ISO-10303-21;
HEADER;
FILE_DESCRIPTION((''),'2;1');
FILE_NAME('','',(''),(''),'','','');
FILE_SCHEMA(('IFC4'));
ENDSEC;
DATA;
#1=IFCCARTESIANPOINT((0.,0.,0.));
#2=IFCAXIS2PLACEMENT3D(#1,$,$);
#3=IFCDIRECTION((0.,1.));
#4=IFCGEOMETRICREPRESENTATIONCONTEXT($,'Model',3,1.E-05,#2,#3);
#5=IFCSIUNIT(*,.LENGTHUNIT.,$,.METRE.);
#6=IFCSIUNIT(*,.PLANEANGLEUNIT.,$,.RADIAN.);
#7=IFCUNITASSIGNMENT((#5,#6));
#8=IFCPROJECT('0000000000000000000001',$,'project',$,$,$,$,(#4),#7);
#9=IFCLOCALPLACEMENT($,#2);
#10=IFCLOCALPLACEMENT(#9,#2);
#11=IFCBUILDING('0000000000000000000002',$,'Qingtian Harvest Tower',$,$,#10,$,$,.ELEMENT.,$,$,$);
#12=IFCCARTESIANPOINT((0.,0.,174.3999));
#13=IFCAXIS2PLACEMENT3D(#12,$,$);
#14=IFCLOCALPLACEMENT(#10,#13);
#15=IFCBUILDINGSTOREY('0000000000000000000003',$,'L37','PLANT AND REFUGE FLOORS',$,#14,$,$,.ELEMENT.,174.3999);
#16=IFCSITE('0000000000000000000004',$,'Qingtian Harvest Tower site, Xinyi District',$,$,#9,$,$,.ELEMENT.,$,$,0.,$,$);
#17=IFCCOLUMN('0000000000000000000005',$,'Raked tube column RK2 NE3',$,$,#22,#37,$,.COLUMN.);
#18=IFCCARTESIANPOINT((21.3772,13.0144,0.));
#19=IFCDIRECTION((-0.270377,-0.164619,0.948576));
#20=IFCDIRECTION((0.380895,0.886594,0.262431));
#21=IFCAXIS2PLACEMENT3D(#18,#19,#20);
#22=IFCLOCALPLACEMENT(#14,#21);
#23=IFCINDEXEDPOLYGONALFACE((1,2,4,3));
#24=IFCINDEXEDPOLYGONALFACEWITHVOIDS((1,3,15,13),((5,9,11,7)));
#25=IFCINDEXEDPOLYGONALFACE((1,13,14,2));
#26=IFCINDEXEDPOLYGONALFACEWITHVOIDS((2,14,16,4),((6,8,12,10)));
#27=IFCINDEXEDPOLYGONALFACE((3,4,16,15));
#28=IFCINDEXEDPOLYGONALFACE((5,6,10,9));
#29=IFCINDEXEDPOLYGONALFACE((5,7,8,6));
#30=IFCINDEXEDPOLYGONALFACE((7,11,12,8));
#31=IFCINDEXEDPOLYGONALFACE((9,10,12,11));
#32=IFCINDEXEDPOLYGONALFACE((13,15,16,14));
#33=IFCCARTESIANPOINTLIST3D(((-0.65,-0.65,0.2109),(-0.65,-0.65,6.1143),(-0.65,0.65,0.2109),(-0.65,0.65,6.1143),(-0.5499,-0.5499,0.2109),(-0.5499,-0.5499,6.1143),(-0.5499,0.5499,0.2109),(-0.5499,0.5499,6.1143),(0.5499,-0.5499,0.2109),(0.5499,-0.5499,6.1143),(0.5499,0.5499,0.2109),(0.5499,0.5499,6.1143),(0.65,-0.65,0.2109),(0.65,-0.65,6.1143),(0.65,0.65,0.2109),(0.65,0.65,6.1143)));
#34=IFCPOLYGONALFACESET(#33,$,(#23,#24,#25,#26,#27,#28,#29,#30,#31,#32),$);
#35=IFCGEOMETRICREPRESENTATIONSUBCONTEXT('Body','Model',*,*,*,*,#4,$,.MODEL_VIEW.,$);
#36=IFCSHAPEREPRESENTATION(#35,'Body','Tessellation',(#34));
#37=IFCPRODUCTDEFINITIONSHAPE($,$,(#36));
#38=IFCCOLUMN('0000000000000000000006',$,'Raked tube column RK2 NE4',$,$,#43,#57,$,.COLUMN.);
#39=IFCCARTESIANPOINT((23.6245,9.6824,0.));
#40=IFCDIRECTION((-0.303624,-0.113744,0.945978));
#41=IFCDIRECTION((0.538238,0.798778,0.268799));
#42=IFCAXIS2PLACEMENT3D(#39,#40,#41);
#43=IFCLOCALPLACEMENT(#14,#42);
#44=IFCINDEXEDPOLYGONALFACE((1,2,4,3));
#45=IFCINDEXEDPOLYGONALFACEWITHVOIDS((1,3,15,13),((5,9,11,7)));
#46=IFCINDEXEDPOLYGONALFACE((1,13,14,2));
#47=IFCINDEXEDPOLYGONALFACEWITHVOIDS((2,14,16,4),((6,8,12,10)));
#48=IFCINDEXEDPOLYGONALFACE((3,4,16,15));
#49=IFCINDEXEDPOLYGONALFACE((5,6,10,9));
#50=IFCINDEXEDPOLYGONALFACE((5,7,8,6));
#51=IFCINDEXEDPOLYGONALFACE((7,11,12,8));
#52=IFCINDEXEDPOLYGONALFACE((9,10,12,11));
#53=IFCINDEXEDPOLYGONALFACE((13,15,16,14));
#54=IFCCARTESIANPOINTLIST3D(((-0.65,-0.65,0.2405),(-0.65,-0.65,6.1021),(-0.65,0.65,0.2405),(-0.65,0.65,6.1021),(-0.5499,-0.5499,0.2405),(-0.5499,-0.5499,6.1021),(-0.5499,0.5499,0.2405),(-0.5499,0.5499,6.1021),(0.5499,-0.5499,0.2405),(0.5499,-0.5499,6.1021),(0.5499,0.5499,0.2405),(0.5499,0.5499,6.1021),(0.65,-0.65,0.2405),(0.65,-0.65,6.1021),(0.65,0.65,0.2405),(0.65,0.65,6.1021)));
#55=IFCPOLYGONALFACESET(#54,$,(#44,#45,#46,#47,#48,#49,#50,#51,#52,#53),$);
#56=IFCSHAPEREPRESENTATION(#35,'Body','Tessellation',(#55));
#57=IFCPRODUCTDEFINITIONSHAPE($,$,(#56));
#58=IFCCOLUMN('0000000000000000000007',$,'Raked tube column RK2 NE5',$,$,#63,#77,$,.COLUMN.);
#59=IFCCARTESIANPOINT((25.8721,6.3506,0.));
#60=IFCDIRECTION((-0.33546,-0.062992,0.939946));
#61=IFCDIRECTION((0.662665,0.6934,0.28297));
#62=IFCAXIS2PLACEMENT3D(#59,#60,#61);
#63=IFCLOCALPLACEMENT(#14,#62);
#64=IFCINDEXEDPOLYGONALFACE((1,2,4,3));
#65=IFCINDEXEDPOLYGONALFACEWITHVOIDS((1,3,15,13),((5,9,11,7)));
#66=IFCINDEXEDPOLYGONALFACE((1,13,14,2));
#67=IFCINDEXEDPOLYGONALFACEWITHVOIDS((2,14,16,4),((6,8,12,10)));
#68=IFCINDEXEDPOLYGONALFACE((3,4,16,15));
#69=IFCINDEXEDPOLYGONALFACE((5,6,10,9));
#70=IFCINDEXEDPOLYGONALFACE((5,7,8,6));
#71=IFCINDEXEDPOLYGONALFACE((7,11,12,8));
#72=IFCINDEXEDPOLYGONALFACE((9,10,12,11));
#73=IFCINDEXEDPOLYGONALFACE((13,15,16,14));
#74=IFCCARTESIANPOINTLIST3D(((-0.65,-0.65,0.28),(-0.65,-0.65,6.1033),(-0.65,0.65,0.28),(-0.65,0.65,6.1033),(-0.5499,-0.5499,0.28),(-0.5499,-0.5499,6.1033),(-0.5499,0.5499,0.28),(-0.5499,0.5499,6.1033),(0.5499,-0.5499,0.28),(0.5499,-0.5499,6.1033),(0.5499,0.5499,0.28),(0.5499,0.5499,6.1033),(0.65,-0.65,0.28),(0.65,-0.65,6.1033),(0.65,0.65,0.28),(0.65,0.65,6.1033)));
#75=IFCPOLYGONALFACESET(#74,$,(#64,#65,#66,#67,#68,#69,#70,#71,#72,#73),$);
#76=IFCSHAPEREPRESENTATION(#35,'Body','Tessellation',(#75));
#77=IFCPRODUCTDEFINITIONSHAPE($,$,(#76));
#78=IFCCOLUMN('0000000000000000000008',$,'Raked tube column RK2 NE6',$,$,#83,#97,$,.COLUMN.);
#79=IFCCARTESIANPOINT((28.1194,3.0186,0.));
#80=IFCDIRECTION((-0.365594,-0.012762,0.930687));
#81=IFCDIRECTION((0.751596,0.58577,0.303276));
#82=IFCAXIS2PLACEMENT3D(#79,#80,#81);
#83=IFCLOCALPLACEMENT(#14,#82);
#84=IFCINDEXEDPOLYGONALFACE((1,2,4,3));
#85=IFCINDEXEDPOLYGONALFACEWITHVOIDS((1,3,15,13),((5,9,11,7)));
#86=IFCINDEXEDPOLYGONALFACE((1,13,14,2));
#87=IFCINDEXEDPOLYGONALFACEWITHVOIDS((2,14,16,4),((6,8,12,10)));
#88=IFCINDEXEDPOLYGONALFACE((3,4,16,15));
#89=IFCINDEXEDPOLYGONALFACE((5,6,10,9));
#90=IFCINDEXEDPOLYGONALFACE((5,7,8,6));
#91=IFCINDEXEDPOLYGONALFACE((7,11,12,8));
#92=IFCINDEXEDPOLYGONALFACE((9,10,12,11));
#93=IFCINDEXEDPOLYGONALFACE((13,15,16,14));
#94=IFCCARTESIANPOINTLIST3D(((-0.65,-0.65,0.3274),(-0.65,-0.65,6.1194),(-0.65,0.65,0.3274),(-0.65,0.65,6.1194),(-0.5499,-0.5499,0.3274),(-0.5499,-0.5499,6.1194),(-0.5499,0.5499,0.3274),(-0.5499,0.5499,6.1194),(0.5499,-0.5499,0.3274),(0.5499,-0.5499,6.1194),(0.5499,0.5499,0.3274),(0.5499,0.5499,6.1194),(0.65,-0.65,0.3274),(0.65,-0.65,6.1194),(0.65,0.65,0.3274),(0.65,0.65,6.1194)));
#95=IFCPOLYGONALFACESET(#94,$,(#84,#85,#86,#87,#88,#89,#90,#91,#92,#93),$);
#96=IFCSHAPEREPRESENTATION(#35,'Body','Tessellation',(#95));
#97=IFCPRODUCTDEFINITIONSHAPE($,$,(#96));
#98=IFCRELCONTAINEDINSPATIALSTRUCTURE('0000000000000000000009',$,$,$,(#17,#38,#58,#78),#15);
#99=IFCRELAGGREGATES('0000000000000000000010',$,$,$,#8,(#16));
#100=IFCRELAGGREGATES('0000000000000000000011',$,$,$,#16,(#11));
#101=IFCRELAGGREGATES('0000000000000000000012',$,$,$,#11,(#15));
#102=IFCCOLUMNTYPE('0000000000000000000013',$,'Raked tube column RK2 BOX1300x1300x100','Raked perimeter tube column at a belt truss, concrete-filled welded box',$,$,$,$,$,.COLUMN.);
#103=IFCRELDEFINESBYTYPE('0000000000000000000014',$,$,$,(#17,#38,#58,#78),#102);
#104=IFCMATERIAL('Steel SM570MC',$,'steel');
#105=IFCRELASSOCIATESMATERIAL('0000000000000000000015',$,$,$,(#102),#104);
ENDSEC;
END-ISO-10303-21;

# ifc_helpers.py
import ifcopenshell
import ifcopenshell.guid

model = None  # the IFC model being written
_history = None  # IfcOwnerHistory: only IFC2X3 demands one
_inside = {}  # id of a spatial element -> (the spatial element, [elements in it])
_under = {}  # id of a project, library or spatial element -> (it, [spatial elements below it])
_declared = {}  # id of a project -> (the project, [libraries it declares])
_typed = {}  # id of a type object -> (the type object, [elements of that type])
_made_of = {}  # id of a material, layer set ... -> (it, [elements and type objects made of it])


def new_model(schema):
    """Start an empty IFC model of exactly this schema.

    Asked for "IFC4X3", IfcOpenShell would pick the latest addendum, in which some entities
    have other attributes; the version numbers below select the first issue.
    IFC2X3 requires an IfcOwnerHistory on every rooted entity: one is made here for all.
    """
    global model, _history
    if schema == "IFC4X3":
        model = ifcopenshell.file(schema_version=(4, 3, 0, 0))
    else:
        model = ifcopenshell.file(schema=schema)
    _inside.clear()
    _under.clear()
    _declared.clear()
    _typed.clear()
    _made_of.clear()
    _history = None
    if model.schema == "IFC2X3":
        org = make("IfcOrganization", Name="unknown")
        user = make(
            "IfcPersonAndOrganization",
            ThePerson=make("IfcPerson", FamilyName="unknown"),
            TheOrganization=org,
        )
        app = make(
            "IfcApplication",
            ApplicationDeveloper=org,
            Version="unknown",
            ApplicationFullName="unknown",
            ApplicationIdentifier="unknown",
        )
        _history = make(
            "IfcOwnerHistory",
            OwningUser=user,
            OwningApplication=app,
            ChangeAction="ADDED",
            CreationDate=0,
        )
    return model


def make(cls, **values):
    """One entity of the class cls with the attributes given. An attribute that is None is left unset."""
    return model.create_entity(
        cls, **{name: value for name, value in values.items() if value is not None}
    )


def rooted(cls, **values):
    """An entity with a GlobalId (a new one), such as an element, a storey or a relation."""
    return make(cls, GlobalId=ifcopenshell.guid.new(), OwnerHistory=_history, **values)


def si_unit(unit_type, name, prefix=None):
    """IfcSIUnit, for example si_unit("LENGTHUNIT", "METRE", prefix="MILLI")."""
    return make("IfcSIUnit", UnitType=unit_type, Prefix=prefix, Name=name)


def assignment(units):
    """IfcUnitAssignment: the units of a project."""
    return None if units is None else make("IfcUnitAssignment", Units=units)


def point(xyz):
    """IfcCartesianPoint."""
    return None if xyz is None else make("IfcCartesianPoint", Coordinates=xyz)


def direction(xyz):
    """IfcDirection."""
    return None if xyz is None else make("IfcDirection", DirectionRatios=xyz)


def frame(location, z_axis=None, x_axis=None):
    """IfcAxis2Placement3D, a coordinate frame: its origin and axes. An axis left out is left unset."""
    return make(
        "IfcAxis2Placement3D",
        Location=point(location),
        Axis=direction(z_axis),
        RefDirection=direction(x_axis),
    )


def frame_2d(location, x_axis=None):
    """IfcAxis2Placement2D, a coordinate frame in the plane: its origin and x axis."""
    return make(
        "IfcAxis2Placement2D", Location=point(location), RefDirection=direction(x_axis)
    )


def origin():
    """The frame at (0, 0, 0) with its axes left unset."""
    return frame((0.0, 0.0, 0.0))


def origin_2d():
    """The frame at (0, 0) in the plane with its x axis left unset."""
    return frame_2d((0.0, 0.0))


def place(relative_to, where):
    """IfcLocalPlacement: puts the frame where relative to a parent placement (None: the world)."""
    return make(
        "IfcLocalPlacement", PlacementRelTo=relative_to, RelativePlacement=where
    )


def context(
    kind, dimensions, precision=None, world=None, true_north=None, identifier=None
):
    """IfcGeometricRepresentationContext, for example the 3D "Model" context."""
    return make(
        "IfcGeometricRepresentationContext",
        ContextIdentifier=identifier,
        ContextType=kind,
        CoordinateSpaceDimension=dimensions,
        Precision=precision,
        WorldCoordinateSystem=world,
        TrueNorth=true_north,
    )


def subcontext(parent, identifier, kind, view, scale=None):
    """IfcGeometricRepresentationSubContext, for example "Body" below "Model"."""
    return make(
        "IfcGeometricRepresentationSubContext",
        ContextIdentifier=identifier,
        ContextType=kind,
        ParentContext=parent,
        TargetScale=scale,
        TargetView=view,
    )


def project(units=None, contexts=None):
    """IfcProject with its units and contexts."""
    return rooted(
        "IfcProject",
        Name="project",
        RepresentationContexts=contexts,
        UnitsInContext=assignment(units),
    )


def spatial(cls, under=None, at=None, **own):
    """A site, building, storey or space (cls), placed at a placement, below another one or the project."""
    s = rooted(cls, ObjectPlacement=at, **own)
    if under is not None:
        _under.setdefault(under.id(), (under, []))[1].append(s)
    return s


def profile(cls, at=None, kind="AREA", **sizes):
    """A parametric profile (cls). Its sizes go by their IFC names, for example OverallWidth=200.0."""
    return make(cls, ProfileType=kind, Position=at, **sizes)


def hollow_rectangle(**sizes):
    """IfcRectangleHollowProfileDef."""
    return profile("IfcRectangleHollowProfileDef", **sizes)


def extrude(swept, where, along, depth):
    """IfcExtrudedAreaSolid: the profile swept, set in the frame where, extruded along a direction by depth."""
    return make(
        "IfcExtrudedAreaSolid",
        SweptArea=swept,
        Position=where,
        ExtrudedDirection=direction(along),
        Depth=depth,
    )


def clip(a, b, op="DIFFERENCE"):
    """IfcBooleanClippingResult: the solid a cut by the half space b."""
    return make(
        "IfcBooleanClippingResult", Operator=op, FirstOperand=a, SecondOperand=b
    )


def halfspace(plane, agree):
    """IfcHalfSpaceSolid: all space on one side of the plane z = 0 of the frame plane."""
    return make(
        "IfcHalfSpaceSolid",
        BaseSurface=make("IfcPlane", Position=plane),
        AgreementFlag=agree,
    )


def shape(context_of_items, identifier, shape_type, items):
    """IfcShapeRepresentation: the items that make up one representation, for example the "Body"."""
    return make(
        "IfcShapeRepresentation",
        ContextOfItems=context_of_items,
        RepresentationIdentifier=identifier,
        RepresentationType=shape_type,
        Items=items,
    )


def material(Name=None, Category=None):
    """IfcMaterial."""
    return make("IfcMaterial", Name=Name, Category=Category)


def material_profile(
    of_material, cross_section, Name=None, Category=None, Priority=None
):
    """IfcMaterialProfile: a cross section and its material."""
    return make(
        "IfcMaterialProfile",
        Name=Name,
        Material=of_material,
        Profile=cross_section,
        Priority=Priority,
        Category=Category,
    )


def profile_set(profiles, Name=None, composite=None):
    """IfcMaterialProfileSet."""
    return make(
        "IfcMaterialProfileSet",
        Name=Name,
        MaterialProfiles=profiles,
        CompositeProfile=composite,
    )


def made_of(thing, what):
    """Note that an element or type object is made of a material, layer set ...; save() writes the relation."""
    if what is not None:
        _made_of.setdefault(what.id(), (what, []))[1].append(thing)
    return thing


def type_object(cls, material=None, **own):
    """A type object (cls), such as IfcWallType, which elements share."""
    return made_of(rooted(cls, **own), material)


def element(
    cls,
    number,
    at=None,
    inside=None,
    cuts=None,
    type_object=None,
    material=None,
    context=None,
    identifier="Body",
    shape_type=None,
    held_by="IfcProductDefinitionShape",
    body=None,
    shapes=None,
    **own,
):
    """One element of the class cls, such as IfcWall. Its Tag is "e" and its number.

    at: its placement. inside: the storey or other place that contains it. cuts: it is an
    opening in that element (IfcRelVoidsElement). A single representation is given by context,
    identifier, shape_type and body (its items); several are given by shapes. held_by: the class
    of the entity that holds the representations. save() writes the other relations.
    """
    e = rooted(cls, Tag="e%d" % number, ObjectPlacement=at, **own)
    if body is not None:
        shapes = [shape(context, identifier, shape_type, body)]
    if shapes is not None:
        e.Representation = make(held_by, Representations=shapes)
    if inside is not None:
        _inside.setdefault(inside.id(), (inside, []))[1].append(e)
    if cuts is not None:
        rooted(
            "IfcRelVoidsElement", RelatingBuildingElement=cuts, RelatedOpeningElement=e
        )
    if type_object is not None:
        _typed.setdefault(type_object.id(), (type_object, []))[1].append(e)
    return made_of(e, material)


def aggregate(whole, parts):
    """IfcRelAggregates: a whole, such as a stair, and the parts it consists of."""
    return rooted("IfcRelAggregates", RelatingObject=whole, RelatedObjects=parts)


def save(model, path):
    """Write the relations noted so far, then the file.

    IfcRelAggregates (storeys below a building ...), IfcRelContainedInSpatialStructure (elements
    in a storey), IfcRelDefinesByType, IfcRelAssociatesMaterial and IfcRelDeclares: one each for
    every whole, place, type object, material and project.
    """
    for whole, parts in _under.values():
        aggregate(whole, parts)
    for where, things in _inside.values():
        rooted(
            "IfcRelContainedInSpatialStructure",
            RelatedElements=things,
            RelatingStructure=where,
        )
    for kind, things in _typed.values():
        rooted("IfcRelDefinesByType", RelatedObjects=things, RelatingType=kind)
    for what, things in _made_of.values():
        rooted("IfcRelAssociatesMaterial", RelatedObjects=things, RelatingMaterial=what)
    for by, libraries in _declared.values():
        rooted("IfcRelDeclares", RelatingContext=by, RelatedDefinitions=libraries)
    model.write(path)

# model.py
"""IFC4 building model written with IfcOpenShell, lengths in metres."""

from ifc_helpers import new_model, si_unit, direction, frame, origin, origin_2d, place, context, subcontext, project, spatial, hollow_rectangle, extrude, clip, halfspace, material, material_profile, profile_set, type_object, element, save


model = new_model("IFC4")

# Units and contexts
model_context = context("Model", 3, precision=1e-05, world=origin(), true_north=direction((0.0, 1.0)))
body_context = subcontext(model_context, "Body", "Model", "MODEL_VIEW")
ifc_project = project(units=[si_unit("LENGTHUNIT", "METRE"), si_unit("PLANEANGLEUNIT", "RADIAN")], contexts=[model_context])

# Site, building, storey
site_placement = place(None, origin())
site = spatial("IfcSite", under=ifc_project, at=site_placement, Name="Qingtian Harvest Tower site, Xinyi District", CompositionType="ELEMENT", RefElevation=0.0)
building_placement = place(site_placement, origin())
building = spatial("IfcBuilding", under=site, at=building_placement, Name="Qingtian Harvest Tower", CompositionType="ELEMENT")
storey_placement = place(building_placement, frame((0.0, 0.0, 174.3999)))
storey = spatial("IfcBuildingStorey", under=building, at=storey_placement, Name="L37", Description="PLANT AND REFUGE FLOORS", CompositionType="ELEMENT", Elevation=174.3999)

# Columns
ifc_material_1 = material(Name="Steel SM570MC", Category="steel")
ifc_material_profile_1 = material_profile(ifc_material_1, hollow_rectangle(XDim=1.3, YDim=1.3, WallThickness=0.1001, at=origin_2d()), Name="BOX1300x1300x100")
ifc_profile_set_1 = profile_set([ifc_material_profile_1], Name="Steel SM570MC")
column_type = type_object("IfcColumnType", Name="Raked tube column RK2 BOX1300x1300x100", Description="Raked perimeter tube column at a belt truss, concrete-filled welded box", PredefinedType="COLUMN", material=ifc_profile_set_1)
column_1_placement = place(storey_placement, frame((21.3772, 13.0144, 0.0), z_axis=(-0.270377, -0.164619, 0.948576), x_axis=(0.380895, 0.886594, 0.262431)))
element("IfcColumn", 1, at=column_1_placement, inside=storey, type_object=column_type, Name="Raked tube column RK2 NE3", PredefinedType="COLUMN", context=body_context, shape_type="Clipping", body=[
    clip(clip(extrude(hollow_rectangle(XDim=1.3, YDim=1.3, WallThickness=0.1001, at=origin_2d()), origin(), (0.0, 0.0, 1.0), 6.3252), halfspace(frame((0.0, 0.0, 0.2109), z_axis=(0.0, 0.0, -1.0), x_axis=(0.0, -1.0, 0.0)), False)), halfspace(frame((0.0, 0.0, 6.1143), z_axis=(0.0, 0.0, 1.0), x_axis=(0.0, 1.0, 0.0)), False)),
])
column_2_placement = place(storey_placement, frame((23.6245, 9.6824, 0.0), z_axis=(-0.303624, -0.113744, 0.945978), x_axis=(0.538238, 0.798778, 0.268799)))
element("IfcColumn", 2, at=column_2_placement, inside=storey, type_object=column_type, Name="Raked tube column RK2 NE4", PredefinedType="COLUMN", context=body_context, shape_type="Clipping", body=[
    clip(clip(extrude(hollow_rectangle(XDim=1.3, YDim=1.3, WallThickness=0.1001, at=origin_2d()), origin(), (0.0, 0.0, 1.0), 6.3425), halfspace(frame((0.0, 0.0, 0.2405), z_axis=(0.0, 0.0, -1.0), x_axis=(0.0, -1.0, 0.0)), False)), halfspace(frame((0.0, 0.0, 6.1021), z_axis=(0.0, 0.0, 1.0), x_axis=(0.0, 1.0, 0.0)), False)),
])
column_3_placement = place(storey_placement, frame((25.8721, 6.3506, 0.0), z_axis=(-0.33546, -0.062992, 0.939946), x_axis=(0.662665, 0.6934, 0.28297)))
element("IfcColumn", 3, at=column_3_placement, inside=storey, type_object=column_type, Name="Raked tube column RK2 NE5", PredefinedType="COLUMN", context=body_context, shape_type="Clipping", body=[
    clip(clip(extrude(hollow_rectangle(XDim=1.3, YDim=1.3, WallThickness=0.1001, at=origin_2d()), origin(), (0.0, 0.0, 1.0), 6.3833), halfspace(frame((0.0, 0.0, 0.28), z_axis=(0.0, 0.0, -1.0), x_axis=(0.0, -1.0, 0.0)), False)), halfspace(frame((0.0, 0.0, 6.1033), z_axis=(0.0, 0.0, 1.0), x_axis=(0.0, 1.0, 0.0)), False)),
])
column_4_placement = place(storey_placement, frame((28.1194, 3.0186, 0.0), z_axis=(-0.365594, -0.012762, 0.930687), x_axis=(0.751596, 0.58577, 0.303276)))
element("IfcColumn", 4, at=column_4_placement, inside=storey, type_object=column_type, Name="Raked tube column RK2 NE6", PredefinedType="COLUMN", context=body_context, shape_type="Clipping", body=[
    clip(clip(extrude(hollow_rectangle(XDim=1.3, YDim=1.3, WallThickness=0.1001, at=origin_2d()), origin(), (0.0, 0.0, 1.0), 6.4468), halfspace(frame((0.0, 0.0, 0.3274), z_axis=(0.0, 0.0, -1.0), x_axis=(0.0, -1.0, 0.0)), False)), halfspace(frame((0.0, 0.0, 6.1194), z_axis=(0.0, 0.0, 1.0), x_axis=(0.0, 1.0, 0.0)), False)),
])

save(model, "model.ifc")
